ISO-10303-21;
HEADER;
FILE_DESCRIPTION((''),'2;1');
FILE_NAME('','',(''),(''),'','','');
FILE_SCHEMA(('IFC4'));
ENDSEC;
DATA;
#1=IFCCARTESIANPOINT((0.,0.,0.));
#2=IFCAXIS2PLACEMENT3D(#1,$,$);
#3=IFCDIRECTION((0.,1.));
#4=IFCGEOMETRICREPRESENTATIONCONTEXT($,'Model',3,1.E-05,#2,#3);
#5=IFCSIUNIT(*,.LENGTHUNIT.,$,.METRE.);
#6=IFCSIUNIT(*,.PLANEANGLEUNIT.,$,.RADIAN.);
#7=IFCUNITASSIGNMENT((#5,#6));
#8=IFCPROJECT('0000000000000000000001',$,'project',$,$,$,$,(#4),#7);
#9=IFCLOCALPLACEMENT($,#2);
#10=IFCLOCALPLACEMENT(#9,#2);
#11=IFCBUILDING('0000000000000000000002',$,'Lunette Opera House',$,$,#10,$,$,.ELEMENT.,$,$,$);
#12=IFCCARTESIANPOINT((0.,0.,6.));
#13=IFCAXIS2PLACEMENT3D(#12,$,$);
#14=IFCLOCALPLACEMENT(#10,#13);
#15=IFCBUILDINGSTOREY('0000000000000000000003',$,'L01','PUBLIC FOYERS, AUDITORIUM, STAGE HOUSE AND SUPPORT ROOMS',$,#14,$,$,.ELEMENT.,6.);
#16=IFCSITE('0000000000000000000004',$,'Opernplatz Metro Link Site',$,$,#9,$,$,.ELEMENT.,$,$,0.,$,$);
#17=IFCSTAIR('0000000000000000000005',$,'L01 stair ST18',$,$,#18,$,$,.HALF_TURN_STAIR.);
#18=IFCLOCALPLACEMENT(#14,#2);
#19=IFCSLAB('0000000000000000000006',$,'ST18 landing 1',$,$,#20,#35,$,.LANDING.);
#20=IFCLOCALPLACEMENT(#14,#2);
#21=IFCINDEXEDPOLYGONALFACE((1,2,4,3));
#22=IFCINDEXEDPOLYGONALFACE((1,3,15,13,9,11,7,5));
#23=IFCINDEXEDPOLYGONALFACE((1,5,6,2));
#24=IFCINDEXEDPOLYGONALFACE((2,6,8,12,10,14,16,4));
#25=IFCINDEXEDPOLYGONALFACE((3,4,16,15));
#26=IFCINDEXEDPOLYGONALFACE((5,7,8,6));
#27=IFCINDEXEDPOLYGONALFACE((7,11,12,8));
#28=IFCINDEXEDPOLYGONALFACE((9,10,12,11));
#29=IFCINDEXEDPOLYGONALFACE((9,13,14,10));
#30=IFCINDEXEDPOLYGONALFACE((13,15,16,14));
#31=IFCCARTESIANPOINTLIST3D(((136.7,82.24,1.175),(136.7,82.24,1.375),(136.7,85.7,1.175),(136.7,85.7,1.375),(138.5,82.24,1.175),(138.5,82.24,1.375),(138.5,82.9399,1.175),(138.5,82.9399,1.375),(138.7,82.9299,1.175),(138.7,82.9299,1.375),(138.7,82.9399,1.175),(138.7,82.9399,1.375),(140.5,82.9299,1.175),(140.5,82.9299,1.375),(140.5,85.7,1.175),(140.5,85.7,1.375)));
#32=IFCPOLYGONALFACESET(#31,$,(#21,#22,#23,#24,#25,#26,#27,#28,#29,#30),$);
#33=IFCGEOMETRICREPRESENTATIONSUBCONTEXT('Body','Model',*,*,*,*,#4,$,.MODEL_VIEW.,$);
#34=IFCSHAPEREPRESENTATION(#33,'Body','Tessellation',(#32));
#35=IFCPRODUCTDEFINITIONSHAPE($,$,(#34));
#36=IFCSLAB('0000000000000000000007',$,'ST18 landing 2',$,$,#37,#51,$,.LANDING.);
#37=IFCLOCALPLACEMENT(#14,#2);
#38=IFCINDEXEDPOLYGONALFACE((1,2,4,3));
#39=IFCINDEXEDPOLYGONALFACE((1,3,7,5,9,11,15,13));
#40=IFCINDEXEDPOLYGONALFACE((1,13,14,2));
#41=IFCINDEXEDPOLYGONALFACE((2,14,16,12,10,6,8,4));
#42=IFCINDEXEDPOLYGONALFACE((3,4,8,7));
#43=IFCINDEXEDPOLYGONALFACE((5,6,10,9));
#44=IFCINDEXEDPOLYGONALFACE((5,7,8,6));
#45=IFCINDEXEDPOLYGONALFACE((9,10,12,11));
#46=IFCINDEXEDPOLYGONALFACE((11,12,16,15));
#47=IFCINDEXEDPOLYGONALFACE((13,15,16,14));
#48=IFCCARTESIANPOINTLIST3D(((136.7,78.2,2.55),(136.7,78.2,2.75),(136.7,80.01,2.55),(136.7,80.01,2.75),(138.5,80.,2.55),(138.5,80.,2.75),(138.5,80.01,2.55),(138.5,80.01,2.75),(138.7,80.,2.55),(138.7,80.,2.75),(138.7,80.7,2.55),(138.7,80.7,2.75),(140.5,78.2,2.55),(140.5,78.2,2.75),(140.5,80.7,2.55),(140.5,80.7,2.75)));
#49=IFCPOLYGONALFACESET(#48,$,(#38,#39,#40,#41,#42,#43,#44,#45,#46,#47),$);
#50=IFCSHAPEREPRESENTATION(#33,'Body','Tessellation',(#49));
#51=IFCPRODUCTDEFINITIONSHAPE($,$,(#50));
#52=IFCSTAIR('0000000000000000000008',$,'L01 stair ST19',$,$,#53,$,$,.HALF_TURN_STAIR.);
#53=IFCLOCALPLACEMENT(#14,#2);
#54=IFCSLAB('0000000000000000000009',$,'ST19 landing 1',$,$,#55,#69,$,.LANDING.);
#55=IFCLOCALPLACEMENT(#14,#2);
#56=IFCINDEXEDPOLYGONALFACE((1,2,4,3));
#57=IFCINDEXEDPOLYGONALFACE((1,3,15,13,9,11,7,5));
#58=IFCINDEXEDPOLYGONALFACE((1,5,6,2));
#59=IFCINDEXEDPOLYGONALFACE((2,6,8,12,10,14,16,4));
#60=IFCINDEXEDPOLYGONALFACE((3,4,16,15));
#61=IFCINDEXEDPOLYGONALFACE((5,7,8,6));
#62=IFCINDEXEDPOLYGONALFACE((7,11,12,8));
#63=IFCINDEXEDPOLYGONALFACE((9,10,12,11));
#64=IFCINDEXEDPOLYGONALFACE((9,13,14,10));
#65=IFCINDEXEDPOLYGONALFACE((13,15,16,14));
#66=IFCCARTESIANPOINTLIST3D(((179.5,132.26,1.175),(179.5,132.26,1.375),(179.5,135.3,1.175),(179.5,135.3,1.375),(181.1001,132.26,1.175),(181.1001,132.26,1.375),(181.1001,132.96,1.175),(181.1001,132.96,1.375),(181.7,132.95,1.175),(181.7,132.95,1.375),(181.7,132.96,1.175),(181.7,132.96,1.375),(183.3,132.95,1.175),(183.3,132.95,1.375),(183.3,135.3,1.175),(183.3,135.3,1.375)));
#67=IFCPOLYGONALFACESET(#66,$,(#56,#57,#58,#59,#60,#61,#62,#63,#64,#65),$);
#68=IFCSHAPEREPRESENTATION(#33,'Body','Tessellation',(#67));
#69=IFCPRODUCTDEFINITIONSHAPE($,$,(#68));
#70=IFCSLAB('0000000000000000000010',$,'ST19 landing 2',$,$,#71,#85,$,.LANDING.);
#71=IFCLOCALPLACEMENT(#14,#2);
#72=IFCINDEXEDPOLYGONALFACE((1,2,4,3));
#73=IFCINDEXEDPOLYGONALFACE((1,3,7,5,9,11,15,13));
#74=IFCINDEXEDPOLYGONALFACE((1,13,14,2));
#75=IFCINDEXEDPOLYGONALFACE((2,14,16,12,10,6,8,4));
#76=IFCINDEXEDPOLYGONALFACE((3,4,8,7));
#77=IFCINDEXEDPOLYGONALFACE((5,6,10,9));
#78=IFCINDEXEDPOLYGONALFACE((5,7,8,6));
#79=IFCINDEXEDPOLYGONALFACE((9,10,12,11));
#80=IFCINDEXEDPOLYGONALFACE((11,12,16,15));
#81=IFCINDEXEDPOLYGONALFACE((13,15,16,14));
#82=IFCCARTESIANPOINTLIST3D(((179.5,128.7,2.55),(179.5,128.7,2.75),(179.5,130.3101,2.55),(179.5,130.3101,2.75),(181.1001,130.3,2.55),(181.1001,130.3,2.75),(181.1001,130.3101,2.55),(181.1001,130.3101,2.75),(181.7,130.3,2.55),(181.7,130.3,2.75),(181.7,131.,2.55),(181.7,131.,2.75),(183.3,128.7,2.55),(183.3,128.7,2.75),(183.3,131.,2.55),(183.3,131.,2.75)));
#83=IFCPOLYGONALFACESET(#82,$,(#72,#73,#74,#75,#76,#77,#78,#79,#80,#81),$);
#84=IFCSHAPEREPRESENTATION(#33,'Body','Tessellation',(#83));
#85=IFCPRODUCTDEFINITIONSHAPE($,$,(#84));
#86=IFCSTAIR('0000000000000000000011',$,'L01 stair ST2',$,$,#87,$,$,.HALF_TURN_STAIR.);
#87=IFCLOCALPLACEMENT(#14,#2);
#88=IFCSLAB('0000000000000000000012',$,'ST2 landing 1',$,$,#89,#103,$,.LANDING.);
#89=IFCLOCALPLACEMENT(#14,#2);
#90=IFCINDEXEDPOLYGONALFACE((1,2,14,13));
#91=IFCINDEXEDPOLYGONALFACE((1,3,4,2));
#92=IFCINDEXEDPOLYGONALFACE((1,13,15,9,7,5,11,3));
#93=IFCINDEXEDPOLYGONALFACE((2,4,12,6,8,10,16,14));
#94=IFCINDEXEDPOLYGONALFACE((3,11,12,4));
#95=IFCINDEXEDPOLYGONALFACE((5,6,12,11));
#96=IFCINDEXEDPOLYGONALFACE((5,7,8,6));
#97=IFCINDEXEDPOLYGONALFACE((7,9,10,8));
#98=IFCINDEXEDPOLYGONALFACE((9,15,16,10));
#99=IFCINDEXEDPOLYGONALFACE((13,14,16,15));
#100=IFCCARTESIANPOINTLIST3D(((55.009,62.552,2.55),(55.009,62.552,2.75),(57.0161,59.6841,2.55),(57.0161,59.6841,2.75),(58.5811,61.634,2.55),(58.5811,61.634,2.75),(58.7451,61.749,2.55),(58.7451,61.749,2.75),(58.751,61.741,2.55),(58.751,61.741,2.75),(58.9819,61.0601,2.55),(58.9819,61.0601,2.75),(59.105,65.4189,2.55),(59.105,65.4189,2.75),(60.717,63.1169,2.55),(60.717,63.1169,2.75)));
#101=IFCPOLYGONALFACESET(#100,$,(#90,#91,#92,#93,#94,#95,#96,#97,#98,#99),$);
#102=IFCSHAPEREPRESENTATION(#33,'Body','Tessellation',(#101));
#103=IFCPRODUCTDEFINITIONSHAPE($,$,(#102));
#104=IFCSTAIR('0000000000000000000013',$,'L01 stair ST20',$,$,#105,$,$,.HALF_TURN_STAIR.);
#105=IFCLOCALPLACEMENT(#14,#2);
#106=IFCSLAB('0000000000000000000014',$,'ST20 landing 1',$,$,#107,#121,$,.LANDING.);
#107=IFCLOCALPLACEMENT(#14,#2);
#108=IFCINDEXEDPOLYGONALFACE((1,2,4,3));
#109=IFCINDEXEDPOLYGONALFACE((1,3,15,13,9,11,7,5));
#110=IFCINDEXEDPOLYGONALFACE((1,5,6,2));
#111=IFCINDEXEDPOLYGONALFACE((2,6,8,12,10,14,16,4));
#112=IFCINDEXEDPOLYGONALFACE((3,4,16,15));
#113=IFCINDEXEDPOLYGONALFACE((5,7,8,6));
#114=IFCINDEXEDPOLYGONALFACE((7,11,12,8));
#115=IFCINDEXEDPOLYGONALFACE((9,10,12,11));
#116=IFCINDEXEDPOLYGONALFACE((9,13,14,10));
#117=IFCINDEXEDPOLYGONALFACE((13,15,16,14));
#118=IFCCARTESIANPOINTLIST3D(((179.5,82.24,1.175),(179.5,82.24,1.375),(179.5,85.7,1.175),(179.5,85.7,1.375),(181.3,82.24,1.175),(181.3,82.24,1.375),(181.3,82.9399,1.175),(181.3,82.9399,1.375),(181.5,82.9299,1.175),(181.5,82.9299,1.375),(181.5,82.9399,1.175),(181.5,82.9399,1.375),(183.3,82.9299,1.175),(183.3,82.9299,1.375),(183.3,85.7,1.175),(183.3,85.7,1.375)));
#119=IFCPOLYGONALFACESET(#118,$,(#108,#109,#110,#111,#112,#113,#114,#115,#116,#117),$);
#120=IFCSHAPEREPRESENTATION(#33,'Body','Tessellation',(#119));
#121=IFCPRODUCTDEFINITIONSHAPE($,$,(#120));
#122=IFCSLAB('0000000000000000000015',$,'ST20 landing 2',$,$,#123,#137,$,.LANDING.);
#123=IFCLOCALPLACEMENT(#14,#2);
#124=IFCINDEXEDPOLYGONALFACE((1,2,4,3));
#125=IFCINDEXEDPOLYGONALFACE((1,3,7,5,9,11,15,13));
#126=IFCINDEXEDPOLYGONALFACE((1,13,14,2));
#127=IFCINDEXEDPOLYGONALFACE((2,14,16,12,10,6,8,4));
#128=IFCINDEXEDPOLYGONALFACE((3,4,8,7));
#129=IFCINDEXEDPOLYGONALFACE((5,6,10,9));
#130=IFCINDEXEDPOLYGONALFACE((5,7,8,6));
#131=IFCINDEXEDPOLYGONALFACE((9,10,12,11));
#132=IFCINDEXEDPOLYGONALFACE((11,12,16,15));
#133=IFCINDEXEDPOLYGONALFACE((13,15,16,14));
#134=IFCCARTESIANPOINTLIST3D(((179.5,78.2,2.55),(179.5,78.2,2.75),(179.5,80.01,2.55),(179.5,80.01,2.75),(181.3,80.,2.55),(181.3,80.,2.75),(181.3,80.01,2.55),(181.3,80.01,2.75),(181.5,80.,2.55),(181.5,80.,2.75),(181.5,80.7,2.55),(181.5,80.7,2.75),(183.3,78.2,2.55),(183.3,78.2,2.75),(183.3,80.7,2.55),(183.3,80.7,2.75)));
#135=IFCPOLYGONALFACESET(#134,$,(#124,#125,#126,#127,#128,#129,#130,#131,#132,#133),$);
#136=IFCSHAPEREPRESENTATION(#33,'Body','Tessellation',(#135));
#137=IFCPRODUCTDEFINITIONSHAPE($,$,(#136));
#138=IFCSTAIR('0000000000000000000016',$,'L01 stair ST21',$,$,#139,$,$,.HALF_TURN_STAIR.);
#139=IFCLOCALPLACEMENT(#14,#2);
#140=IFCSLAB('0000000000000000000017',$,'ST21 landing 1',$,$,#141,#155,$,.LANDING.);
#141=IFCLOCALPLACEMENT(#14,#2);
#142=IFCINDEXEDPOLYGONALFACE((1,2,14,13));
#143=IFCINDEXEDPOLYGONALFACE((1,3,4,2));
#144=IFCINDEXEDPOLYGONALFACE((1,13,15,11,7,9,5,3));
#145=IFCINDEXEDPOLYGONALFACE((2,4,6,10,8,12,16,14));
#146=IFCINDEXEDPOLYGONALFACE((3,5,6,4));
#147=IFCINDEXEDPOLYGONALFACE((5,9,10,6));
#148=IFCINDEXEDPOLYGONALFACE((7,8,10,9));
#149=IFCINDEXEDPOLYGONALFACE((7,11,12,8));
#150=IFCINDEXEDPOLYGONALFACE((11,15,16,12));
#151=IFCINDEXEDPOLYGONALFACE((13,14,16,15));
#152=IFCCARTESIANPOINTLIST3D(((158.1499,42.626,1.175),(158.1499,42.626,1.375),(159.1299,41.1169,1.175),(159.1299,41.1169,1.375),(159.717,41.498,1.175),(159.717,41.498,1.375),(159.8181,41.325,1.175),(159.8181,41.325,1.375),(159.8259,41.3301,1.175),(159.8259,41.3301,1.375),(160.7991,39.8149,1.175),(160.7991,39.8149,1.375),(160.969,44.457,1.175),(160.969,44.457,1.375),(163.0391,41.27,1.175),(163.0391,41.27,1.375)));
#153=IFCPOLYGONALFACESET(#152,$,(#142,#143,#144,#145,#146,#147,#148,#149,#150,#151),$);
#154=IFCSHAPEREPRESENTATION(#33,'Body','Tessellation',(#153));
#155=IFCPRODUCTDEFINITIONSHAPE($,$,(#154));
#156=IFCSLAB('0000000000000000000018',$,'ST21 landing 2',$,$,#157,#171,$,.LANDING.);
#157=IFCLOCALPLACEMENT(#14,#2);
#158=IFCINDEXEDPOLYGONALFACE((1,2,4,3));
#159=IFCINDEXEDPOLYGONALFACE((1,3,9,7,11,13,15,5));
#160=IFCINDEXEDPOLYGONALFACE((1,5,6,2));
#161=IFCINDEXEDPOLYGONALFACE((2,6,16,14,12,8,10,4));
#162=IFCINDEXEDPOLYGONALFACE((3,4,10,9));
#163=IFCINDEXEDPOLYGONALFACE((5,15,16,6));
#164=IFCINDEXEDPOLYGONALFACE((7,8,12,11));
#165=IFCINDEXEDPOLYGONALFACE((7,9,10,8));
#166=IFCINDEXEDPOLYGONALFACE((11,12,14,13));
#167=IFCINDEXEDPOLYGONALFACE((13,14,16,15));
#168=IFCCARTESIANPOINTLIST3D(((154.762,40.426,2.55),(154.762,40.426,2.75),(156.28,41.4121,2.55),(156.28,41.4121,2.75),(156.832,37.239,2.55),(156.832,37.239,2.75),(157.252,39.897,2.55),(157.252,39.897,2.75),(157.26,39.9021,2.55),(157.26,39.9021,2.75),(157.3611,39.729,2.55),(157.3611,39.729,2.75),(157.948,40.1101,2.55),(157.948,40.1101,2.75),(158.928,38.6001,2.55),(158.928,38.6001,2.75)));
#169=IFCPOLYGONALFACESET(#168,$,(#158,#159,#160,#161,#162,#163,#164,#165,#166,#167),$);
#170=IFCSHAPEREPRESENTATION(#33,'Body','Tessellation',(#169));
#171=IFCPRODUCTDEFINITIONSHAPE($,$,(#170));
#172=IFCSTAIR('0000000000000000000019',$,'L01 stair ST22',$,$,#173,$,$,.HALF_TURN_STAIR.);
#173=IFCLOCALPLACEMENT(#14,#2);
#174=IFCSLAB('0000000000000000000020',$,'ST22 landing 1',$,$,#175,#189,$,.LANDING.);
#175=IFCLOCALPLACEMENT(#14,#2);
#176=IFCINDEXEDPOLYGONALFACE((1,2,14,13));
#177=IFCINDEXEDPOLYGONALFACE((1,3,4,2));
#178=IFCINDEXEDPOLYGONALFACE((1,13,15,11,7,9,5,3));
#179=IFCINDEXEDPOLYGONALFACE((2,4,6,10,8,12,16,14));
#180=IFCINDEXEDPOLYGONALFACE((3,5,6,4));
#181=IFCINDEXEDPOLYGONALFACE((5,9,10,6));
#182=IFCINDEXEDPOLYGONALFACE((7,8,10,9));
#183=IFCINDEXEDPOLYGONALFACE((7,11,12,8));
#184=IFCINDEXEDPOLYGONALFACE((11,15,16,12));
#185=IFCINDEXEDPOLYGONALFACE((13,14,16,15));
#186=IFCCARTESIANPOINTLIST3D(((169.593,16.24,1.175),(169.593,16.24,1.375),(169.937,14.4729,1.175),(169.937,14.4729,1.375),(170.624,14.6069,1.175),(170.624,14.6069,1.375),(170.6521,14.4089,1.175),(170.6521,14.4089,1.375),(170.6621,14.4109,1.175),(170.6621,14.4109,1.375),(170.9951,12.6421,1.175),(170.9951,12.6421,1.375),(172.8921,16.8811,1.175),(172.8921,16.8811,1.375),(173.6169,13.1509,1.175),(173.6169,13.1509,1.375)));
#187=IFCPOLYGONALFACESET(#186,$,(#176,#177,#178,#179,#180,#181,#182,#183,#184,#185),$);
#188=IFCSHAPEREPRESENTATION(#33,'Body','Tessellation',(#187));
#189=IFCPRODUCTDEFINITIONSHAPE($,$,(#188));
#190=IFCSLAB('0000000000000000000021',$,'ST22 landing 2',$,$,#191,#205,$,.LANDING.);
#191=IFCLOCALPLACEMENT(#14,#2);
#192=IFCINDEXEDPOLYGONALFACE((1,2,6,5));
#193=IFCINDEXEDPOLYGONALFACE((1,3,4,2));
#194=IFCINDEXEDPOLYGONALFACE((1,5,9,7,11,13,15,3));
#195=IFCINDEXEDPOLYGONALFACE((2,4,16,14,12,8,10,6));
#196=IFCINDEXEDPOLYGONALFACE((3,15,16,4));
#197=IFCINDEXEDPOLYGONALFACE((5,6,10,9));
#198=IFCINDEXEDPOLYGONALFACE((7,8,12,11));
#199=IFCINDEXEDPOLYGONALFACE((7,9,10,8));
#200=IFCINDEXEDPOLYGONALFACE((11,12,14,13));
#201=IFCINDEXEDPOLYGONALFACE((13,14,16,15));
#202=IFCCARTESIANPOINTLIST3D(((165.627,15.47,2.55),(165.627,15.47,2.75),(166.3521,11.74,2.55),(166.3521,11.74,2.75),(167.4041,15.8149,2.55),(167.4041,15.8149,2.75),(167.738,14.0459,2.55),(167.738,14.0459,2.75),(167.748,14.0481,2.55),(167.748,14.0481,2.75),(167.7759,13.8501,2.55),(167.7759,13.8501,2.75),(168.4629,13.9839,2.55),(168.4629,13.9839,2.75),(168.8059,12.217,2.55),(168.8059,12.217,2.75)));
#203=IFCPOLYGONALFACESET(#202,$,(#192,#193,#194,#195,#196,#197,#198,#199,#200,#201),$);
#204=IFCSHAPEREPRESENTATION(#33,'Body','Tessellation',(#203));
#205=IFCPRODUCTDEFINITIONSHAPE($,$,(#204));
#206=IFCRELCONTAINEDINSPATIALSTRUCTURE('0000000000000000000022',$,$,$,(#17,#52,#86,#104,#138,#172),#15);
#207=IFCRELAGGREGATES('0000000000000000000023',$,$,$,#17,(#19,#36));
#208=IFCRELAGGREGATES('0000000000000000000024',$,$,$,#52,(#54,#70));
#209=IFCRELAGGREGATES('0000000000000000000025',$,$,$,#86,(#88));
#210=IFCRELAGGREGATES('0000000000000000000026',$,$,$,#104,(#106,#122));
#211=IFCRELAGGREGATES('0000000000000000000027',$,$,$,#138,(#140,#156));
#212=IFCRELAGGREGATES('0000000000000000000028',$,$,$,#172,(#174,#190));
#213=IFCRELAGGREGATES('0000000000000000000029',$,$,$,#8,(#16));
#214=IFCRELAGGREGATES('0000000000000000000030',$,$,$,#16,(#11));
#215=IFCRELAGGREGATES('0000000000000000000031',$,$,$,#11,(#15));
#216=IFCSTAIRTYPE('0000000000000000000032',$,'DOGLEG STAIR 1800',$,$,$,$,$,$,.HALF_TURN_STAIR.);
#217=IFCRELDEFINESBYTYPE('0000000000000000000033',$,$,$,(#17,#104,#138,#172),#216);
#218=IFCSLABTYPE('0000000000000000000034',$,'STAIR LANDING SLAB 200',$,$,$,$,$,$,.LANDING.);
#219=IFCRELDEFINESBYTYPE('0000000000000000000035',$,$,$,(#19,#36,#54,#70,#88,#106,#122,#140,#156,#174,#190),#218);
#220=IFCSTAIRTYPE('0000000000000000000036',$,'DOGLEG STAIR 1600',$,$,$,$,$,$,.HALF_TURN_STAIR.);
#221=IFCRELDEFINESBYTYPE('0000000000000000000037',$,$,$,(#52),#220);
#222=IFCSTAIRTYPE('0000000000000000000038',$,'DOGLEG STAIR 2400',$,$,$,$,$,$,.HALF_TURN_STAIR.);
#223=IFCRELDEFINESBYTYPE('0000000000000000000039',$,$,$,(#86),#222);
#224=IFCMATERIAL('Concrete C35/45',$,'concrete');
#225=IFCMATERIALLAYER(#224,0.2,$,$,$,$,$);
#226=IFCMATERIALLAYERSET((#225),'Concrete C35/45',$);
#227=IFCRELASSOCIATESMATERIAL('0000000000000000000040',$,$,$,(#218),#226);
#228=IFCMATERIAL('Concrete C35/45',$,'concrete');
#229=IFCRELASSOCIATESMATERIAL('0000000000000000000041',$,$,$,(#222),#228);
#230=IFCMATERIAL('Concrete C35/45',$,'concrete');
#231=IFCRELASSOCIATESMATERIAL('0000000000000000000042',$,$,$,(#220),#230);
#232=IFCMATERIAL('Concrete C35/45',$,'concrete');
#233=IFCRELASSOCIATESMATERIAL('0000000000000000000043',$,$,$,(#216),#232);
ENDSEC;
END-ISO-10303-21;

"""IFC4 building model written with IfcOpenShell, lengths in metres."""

from ifc_helpers import new_model, si_unit, direction, frame, origin, place, context, subcontext, project, spatial, polyline, outline, extrude, material, layer, layer_set, type_object, element, aggregate, save


model = new_model("IFC4")

# Units and contexts
model_context = context("Model", 3, precision=1e-05, world=origin(), true_north=direction((0.0, 1.0)))
body_context = subcontext(model_context, "Body", "Model", "MODEL_VIEW")
ifc_project = project(units=[si_unit("LENGTHUNIT", "METRE"), si_unit("PLANEANGLEUNIT", "RADIAN")], contexts=[model_context])

# Site, building, storey
site_placement = place(None, origin())
site = spatial("IfcSite", under=ifc_project, at=site_placement, Name="Opernplatz Metro Link Site", CompositionType="ELEMENT", RefElevation=0.0)
building_placement = place(site_placement, origin())
building = spatial("IfcBuilding", under=site, at=building_placement, Name="Lunette Opera House", CompositionType="ELEMENT")
storey_placement = place(building_placement, frame((0.0, 0.0, 6.0)))
storey = spatial("IfcBuildingStorey", under=building, at=storey_placement, Name="L01", Description="PUBLIC FOYERS, AUDITORIUM, STAGE HOUSE AND SUPPORT ROOMS", CompositionType="ELEMENT", Elevation=6.0)

# Shared definitions
ifc_material_1 = material(Name="Concrete C35/45", Category="concrete")
ifc_layer = layer(ifc_material_1, 0.2)
ifc_layer_set = layer_set([ifc_layer], Name="Concrete C35/45")
slab_type = type_object("IfcSlabType", Name="STAIR LANDING SLAB 200", PredefinedType="LANDING", material=ifc_layer_set)
ifc_material_2 = material(Name="Concrete C35/45", Category="concrete")
stair_type_1 = type_object("IfcStairType", Name="DOGLEG STAIR 2400", PredefinedType="HALF_TURN_STAIR", material=ifc_material_2)

# Shared definitions
ifc_material_3 = material(Name="Concrete C35/45", Category="concrete")
stair_type_2 = type_object("IfcStairType", Name="DOGLEG STAIR 1600", PredefinedType="HALF_TURN_STAIR", material=ifc_material_3)

# Stairs, slabs
ifc_material_4 = material(Name="Concrete C35/45", Category="concrete")
stair_type_3 = type_object("IfcStairType", Name="DOGLEG STAIR 1800", PredefinedType="HALF_TURN_STAIR", material=ifc_material_4)
stair_1_placement = place(storey_placement, origin())
stair_1 = element("IfcStair", 1, at=stair_1_placement, inside=storey, type_object=stair_type_3, Name="L01 stair ST18", PredefinedType="HALF_TURN_STAIR")
slab_1_placement = place(storey_placement, frame((0.0, 0.0, 1.175)))
slab_1 = element("IfcSlab", 2, at=slab_1_placement, type_object=slab_type, Name="ST18 landing 1", PredefinedType="LANDING", context=body_context, shape_type="SweptSolid", body=[
    extrude(outline(polyline([(140.5, 82.9299), (138.7, 82.9299), (138.7, 82.9399), (138.5, 82.9399), (138.5, 82.24), (136.7, 82.24), (136.7, 85.7), (140.5, 85.7), (140.5, 82.9299)])), origin(), (0.0, 0.0, 1.0), 0.2),
])
slab_2_placement = place(storey_placement, frame((0.0, 0.0, 2.55)))
slab_2 = element("IfcSlab", 3, at=slab_2_placement, type_object=slab_type, Name="ST18 landing 2", PredefinedType="LANDING", context=body_context, shape_type="SweptSolid", body=[
    extrude(outline(polyline([(136.7, 78.2), (136.7, 80.01), (138.5, 80.01), (138.5, 80.0), (138.7, 80.0), (138.7, 80.7), (140.5, 80.7), (140.5, 78.2), (136.7, 78.2)])), origin(), (0.0, 0.0, 1.0), 0.2),
])
aggregate(stair_1, [slab_1, slab_2])
stair_2_placement = place(storey_placement, origin())
stair_2 = element("IfcStair", 4, at=stair_2_placement, inside=storey, type_object=stair_type_2, Name="L01 stair ST19", PredefinedType="HALF_TURN_STAIR")
slab_3_placement = place(storey_placement, frame((0.0, 0.0, 1.175)))
slab_3 = element("IfcSlab", 5, at=slab_3_placement, type_object=slab_type, Name="ST19 landing 1", PredefinedType="LANDING", context=body_context, shape_type="SweptSolid", body=[
    extrude(outline(polyline([(183.3, 132.95), (181.7, 132.95), (181.7, 132.96), (181.1001, 132.96), (181.1001, 132.26), (179.5, 132.26), (179.5, 135.3), (183.3, 135.3), (183.3, 132.95)])), origin(), (0.0, 0.0, 1.0), 0.2),
])
slab_4_placement = place(storey_placement, frame((0.0, 0.0, 2.55)))
slab_4 = element("IfcSlab", 6, at=slab_4_placement, type_object=slab_type, Name="ST19 landing 2", PredefinedType="LANDING", context=body_context, shape_type="SweptSolid", body=[
    extrude(outline(polyline([(179.5, 128.7), (179.5, 130.3101), (181.1001, 130.3101), (181.1001, 130.3), (181.7, 130.3), (181.7, 131.0), (183.3, 131.0), (183.3, 128.7), (179.5, 128.7)])), origin(), (0.0, 0.0, 1.0), 0.2),
])
aggregate(stair_2, [slab_3, slab_4])

# Stair, slab
stair_3_placement = place(storey_placement, origin())
stair_3 = element("IfcStair", 7, at=stair_3_placement, inside=storey, type_object=stair_type_1, Name="L01 stair ST2", PredefinedType="HALF_TURN_STAIR")
slab_5_placement = place(storey_placement, frame((0.0, 0.0, 2.55)))
slab_5 = element("IfcSlab", 8, at=slab_5_placement, type_object=slab_type, Name="ST2 landing 1", PredefinedType="LANDING", context=body_context, shape_type="SweptSolid", body=[
    extrude(outline(polyline([(59.105, 65.4189), (60.717, 63.1169), (58.751, 61.741), (58.7451, 61.749), (58.5811, 61.634), (58.9819, 61.0601), (57.0161, 59.6841), (55.009, 62.552), (59.105, 65.4189)])), origin(), (0.0, 0.0, 1.0), 0.2),
])
aggregate(stair_3, [slab_5])

# Stairs, slabs
stair_4_placement = place(storey_placement, origin())
stair_4 = element("IfcStair", 9, at=stair_4_placement, inside=storey, type_object=stair_type_3, Name="L01 stair ST20", PredefinedType="HALF_TURN_STAIR")
slab_6_placement = place(storey_placement, frame((0.0, 0.0, 1.175)))
slab_6 = element("IfcSlab", 10, at=slab_6_placement, type_object=slab_type, Name="ST20 landing 1", PredefinedType="LANDING", context=body_context, shape_type="SweptSolid", body=[
    extrude(outline(polyline([(183.3, 82.9299), (181.5, 82.9299), (181.5, 82.9399), (181.3, 82.9399), (181.3, 82.24), (179.5, 82.24), (179.5, 85.7), (183.3, 85.7), (183.3, 82.9299)])), origin(), (0.0, 0.0, 1.0), 0.2),
])
slab_7_placement = place(storey_placement, frame((0.0, 0.0, 2.55)))
slab_7 = element("IfcSlab", 11, at=slab_7_placement, type_object=slab_type, Name="ST20 landing 2", PredefinedType="LANDING", context=body_context, shape_type="SweptSolid", body=[
    extrude(outline(polyline([(179.5, 78.2), (179.5, 80.01), (181.3, 80.01), (181.3, 80.0), (181.5, 80.0), (181.5, 80.7), (183.3, 80.7), (183.3, 78.2), (179.5, 78.2)])), origin(), (0.0, 0.0, 1.0), 0.2),
])
aggregate(stair_4, [slab_6, slab_7])
stair_5_placement = place(storey_placement, origin())
stair_5 = element("IfcStair", 12, at=stair_5_placement, inside=storey, type_object=stair_type_3, Name="L01 stair ST21", PredefinedType="HALF_TURN_STAIR")
slab_8_placement = place(storey_placement, frame((0.0, 0.0, 1.175)))
slab_8 = element("IfcSlab", 13, at=slab_8_placement, type_object=slab_type, Name="ST21 landing 1", PredefinedType="LANDING", context=body_context, shape_type="SweptSolid", body=[
    extrude(outline(polyline([(160.7991, 39.8149), (159.8181, 41.325), (159.8259, 41.3301), (159.717, 41.498), (159.1299, 41.1169), (158.1499, 42.626), (160.969, 44.457), (163.0391, 41.27), (160.7991, 39.8149)])), origin(), (0.0, 0.0, 1.0), 0.2),
])
slab_9_placement = place(storey_placement, frame((0.0, 0.0, 2.55)))
slab_9 = element("IfcSlab", 14, at=slab_9_placement, type_object=slab_type, Name="ST21 landing 2", PredefinedType="LANDING", context=body_context, shape_type="SweptSolid", body=[
    extrude(outline(polyline([(154.762, 40.426), (156.28, 41.4121), (157.26, 39.9021), (157.252, 39.897), (157.3611, 39.729), (157.948, 40.1101), (158.928, 38.6001), (156.832, 37.239), (154.762, 40.426)])), origin(), (0.0, 0.0, 1.0), 0.2),
])
aggregate(stair_5, [slab_8, slab_9])
stair_6_placement = place(storey_placement, origin())
stair_6 = element("IfcStair", 15, at=stair_6_placement, inside=storey, type_object=stair_type_3, Name="L01 stair ST22", PredefinedType="HALF_TURN_STAIR")
slab_10_placement = place(storey_placement, frame((0.0, 0.0, 1.175)))
slab_10 = element("IfcSlab", 16, at=slab_10_placement, type_object=slab_type, Name="ST22 landing 1", PredefinedType="LANDING", context=body_context, shape_type="SweptSolid", body=[
    extrude(outline(polyline([(173.6169, 13.1509), (170.9951, 12.6421), (170.6521, 14.4089), (170.6621, 14.4109), (170.624, 14.6069), (169.937, 14.4729), (169.593, 16.24), (172.8921, 16.8811), (173.6169, 13.1509)])), origin(), (0.0, 0.0, 1.0), 0.2),
])
slab_11_placement = place(storey_placement, frame((0.0, 0.0, 2.55)))
slab_11 = element("IfcSlab", 17, at=slab_11_placement, type_object=slab_type, Name="ST22 landing 2", PredefinedType="LANDING", context=body_context, shape_type="SweptSolid", body=[
    extrude(outline(polyline([(166.3521, 11.74), (165.627, 15.47), (167.4041, 15.8149), (167.748, 14.0481), (167.738, 14.0459), (167.7759, 13.8501), (168.4629, 13.9839), (168.8059, 12.217), (166.3521, 11.74)])), origin(), (0.0, 0.0, 1.0), 0.2),
])
aggregate(stair_6, [slab_10, slab_11])

save(model, "model.ifc")
